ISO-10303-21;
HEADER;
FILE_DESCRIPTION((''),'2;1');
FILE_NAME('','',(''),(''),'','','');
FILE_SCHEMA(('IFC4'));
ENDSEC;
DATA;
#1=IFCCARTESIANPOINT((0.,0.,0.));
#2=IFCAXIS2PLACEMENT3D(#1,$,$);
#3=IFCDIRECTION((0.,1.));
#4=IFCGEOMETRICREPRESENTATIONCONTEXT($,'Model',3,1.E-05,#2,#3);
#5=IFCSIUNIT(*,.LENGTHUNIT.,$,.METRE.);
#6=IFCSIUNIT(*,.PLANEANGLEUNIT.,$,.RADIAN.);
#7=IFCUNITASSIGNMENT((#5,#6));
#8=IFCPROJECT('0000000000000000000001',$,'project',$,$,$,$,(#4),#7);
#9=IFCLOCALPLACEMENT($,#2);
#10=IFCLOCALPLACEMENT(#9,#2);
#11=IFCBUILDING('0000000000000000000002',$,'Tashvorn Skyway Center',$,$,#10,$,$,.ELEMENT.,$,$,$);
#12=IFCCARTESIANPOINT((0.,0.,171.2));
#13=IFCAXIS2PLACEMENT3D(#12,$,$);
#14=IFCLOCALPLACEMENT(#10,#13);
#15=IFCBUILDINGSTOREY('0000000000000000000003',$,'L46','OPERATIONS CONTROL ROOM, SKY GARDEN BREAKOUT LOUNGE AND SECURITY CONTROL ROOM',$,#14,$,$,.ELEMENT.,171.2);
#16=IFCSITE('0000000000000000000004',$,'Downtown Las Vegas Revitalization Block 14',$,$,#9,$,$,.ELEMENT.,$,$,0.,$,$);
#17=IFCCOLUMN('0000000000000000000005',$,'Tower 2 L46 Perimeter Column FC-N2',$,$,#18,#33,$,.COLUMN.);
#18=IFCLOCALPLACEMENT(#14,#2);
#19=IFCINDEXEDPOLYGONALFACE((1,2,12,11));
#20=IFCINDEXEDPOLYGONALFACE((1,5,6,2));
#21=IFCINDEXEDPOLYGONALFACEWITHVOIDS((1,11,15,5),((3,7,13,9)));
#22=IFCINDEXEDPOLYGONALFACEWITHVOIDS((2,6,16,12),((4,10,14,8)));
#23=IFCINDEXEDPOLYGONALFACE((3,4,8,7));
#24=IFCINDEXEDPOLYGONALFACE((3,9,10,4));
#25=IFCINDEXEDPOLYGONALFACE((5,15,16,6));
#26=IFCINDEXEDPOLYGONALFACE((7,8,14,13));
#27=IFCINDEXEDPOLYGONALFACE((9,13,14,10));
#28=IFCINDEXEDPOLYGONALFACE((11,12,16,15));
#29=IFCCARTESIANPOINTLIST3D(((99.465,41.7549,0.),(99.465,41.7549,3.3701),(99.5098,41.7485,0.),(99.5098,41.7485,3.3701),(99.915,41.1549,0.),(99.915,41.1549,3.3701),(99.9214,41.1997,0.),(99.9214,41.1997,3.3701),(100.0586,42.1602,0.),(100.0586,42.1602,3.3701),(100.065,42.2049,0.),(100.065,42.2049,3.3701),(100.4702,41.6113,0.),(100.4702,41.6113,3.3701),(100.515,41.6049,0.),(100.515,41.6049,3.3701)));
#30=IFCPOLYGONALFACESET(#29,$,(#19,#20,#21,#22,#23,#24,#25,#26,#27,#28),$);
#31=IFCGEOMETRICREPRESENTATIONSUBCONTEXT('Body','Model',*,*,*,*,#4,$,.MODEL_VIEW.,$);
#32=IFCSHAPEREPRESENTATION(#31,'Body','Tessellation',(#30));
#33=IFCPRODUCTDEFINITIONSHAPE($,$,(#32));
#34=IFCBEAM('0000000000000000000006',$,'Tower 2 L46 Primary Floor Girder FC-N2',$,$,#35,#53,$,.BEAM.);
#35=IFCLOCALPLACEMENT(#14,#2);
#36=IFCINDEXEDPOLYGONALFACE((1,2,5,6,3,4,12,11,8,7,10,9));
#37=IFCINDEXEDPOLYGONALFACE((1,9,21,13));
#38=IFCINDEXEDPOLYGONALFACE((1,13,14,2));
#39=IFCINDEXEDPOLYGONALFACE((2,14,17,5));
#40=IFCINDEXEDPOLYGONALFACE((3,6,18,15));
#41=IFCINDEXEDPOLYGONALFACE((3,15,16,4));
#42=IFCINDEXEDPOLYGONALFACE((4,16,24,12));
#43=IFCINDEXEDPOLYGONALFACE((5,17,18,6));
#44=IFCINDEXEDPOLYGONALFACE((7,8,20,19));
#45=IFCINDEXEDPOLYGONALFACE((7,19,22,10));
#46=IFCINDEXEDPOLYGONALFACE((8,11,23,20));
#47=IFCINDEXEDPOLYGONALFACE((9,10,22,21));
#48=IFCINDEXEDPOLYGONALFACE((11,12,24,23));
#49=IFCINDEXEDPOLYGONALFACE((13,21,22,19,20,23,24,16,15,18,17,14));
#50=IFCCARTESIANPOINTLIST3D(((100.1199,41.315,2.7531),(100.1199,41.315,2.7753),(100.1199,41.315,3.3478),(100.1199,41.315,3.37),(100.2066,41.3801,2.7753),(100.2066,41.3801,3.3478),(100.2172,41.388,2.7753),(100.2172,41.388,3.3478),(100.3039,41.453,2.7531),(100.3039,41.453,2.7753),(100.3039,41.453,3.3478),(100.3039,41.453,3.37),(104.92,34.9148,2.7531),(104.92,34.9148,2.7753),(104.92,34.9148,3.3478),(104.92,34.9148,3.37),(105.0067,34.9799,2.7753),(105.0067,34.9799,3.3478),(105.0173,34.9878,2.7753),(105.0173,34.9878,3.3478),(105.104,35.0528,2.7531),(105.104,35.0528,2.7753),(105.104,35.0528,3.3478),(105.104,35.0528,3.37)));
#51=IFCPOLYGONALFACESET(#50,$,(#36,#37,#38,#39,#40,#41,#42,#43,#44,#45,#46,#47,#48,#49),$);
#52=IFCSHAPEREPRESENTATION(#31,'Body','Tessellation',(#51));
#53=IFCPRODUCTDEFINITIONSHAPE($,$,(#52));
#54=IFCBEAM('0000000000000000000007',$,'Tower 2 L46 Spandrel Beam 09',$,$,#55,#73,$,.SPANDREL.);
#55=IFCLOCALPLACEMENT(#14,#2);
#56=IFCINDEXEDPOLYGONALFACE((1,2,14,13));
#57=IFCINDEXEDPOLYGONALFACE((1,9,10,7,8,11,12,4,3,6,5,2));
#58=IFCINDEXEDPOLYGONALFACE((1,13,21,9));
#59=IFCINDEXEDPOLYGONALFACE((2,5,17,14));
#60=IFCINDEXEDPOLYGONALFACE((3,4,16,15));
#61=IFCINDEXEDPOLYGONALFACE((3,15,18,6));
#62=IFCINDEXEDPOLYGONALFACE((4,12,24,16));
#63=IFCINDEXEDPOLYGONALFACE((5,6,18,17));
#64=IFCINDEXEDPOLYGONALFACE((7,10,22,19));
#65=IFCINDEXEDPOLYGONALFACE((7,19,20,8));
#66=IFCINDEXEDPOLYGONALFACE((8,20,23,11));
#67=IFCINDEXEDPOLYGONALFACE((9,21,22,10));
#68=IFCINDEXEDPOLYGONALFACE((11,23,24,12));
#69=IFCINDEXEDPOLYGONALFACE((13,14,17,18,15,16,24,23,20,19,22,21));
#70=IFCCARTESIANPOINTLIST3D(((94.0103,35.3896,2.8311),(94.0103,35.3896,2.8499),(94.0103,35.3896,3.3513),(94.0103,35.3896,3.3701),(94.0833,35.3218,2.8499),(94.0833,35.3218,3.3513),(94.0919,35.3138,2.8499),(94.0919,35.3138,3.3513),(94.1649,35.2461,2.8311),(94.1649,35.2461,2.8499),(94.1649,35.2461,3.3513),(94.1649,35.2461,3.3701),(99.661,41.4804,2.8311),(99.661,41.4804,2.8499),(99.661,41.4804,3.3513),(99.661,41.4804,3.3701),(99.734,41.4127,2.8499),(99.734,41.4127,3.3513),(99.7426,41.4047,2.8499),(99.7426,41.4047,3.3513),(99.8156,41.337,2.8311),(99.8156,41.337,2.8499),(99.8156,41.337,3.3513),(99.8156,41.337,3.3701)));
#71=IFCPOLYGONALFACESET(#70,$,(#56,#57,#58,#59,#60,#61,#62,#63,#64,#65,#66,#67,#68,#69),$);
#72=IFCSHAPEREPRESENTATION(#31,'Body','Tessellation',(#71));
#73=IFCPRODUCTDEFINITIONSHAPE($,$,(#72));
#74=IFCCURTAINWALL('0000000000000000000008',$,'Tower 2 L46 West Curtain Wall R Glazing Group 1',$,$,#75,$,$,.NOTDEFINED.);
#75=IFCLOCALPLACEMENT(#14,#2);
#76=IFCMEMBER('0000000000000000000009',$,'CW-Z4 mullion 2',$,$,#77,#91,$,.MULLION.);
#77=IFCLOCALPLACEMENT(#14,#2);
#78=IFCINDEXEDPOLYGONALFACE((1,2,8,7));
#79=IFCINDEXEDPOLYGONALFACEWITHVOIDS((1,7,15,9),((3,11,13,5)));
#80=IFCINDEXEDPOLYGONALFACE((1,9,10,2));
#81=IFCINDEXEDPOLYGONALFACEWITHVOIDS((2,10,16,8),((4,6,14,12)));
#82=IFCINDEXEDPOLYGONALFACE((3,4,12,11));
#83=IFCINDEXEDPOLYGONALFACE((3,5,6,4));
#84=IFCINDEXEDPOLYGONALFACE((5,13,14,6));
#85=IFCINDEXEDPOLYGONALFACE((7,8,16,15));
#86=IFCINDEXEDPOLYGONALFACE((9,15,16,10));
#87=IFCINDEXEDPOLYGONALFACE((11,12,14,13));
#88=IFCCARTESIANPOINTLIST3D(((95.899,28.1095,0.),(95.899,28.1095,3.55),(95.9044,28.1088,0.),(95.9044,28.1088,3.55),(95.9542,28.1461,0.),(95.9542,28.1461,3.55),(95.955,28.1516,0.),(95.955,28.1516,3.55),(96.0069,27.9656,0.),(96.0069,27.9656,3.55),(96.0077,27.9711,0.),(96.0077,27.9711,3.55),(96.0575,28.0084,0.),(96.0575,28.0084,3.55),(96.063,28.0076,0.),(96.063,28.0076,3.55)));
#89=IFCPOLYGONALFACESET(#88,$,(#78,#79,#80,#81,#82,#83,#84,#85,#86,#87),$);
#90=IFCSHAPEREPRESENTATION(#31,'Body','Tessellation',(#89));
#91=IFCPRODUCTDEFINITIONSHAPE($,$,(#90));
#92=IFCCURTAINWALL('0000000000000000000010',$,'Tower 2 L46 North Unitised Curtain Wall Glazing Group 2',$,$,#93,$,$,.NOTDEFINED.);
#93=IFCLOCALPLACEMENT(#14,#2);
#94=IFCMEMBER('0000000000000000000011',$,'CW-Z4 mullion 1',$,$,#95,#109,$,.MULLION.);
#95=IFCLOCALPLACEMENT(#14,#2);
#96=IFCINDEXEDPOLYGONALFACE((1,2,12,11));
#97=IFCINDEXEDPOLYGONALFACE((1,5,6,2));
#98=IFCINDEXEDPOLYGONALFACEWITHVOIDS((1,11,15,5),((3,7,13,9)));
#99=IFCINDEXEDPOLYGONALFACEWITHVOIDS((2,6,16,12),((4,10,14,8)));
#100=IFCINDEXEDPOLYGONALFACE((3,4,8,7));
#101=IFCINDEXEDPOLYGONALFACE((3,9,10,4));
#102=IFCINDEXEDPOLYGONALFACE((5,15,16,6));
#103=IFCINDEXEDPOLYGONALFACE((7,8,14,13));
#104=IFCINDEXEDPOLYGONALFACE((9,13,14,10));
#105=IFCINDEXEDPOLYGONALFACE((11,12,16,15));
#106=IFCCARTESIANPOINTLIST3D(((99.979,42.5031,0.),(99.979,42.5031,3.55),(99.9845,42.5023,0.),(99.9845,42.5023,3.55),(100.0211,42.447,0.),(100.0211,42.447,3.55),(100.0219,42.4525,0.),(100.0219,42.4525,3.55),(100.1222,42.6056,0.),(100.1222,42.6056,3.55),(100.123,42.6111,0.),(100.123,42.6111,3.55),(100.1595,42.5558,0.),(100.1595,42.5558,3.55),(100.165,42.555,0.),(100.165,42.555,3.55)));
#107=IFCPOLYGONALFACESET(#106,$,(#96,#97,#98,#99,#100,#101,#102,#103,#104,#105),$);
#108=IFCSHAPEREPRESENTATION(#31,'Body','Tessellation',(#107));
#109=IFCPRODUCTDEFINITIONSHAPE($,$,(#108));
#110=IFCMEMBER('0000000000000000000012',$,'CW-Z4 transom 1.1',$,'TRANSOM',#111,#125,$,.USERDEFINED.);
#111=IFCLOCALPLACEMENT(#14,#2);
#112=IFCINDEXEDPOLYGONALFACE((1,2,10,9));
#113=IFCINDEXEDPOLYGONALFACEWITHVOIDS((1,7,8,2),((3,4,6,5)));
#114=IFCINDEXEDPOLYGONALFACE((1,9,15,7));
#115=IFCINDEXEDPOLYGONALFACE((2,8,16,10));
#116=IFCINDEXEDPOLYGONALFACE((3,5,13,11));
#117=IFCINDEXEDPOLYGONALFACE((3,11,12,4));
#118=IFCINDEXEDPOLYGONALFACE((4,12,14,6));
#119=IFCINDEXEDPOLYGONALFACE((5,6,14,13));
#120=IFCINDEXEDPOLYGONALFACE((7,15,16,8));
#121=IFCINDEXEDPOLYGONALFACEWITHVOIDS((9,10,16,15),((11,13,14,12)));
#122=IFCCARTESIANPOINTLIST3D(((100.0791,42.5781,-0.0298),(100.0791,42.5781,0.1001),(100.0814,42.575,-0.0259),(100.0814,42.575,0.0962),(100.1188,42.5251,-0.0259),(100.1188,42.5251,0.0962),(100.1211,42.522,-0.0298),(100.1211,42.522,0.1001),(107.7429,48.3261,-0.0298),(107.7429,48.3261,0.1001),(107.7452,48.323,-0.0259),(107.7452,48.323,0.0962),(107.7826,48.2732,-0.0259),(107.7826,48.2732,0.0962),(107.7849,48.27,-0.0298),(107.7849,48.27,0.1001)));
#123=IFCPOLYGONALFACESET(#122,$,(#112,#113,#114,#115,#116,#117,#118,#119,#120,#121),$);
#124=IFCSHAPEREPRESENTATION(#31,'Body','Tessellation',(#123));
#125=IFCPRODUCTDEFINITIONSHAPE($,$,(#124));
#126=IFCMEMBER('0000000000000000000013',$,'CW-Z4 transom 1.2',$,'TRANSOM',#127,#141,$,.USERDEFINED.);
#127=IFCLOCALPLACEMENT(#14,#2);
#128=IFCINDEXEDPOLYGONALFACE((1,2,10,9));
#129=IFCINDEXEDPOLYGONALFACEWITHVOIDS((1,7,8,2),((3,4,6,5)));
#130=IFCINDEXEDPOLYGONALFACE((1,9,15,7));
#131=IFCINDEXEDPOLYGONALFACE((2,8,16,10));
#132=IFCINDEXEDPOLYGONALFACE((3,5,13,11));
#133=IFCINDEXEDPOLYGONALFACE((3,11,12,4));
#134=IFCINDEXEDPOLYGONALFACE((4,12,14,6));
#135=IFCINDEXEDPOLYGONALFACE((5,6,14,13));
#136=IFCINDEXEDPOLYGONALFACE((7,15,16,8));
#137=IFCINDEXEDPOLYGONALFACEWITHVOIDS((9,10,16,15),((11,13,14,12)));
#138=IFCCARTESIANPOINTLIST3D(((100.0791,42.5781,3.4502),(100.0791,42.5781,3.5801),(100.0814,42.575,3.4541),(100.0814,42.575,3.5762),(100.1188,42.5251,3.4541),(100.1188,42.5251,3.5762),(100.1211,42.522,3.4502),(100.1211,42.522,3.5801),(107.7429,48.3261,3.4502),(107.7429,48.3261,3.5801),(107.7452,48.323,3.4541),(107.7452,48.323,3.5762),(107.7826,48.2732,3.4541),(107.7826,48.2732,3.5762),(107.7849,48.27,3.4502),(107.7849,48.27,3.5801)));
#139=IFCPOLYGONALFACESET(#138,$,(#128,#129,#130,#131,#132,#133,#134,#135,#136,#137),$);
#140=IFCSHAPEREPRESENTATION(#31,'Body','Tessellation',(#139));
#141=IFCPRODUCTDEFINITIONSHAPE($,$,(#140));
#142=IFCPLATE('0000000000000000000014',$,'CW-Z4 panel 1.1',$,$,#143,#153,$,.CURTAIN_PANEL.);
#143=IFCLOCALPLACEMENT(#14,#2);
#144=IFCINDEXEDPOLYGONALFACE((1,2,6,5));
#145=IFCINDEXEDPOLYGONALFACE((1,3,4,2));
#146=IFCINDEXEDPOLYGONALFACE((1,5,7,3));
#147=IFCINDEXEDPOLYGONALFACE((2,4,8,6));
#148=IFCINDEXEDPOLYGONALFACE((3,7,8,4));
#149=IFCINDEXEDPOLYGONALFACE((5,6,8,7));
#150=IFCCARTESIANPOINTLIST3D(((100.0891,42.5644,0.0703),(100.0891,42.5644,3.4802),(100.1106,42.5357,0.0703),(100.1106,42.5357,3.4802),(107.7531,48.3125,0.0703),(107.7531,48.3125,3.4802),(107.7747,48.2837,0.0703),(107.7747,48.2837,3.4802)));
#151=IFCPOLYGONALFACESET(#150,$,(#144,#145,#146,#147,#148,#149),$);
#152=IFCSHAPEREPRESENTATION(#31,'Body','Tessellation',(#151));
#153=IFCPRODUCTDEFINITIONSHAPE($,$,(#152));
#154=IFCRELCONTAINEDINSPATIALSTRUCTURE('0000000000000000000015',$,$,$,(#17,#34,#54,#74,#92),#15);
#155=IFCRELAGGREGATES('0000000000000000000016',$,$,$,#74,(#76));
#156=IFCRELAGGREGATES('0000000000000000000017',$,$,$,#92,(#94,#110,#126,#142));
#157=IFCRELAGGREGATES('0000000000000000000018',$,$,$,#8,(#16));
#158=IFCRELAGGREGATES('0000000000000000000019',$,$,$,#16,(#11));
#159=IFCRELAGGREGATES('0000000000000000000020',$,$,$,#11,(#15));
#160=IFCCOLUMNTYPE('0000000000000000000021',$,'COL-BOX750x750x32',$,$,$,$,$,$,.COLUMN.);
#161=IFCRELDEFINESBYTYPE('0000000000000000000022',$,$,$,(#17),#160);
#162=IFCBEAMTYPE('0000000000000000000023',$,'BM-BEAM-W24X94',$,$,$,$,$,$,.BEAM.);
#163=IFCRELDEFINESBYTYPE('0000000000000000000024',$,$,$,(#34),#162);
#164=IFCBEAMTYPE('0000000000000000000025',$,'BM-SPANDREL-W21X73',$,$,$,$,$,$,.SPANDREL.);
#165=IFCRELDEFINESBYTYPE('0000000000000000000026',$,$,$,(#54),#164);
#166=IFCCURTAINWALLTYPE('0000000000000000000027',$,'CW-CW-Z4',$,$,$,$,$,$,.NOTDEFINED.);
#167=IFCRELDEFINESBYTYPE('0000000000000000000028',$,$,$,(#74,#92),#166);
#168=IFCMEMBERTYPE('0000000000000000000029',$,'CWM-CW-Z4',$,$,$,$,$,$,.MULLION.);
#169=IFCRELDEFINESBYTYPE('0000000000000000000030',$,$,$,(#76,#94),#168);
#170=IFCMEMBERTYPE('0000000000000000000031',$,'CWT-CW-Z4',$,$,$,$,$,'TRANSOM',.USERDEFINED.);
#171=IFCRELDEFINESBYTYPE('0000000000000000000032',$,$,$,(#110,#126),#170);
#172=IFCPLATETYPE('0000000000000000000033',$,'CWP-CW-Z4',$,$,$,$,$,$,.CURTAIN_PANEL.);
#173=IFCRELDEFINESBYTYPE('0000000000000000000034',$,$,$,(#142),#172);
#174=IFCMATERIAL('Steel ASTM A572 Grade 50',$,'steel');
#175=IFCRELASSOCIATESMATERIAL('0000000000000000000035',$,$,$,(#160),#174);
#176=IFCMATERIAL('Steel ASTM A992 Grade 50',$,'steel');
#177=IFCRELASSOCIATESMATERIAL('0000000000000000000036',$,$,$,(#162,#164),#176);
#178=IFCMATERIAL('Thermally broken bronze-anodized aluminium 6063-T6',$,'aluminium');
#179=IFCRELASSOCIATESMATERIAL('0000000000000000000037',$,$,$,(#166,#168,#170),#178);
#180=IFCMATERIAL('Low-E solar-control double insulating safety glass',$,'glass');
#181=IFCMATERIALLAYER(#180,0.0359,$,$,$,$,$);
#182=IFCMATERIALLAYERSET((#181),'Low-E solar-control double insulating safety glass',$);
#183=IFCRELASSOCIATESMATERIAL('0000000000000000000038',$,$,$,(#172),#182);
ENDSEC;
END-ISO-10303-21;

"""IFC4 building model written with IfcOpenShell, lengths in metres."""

from ifc_helpers import new_model, si_unit, direction, frame, origin, origin_2d, place, context, subcontext, project, spatial, rectangle, hollow_rectangle, i_section, extrude, material, layer, layer_set, material_profile, profile_set, type_object, element, aggregate, save


model = new_model("IFC4")

# Units and contexts
model_context = context("Model", 3, precision=1e-05, world=origin(), true_north=direction((0.0, 1.0)))
body_context = subcontext(model_context, "Body", "Model", "MODEL_VIEW")
ifc_project = project(units=[si_unit("LENGTHUNIT", "METRE"), si_unit("PLANEANGLEUNIT", "RADIAN")], contexts=[model_context])

# Site, building, storey
site_placement = place(None, origin())
site = spatial("IfcSite", under=ifc_project, at=site_placement, Name="Downtown Las Vegas Revitalization Block 14", CompositionType="ELEMENT", RefElevation=0.0)
building_placement = place(site_placement, origin())
building = spatial("IfcBuilding", under=site, at=building_placement, Name="Tashvorn Skyway Center", CompositionType="ELEMENT")
storey_placement = place(building_placement, frame((0.0, 0.0, 171.2)))
storey = spatial("IfcBuildingStorey", under=building, at=storey_placement, Name="L46", Description="OPERATIONS CONTROL ROOM, SKY GARDEN BREAKOUT LOUNGE AND SECURITY CONTROL ROOM", CompositionType="ELEMENT", Elevation=171.2)

# Column
ifc_material_1 = material(Name="Steel ASTM A572 Grade 50", Category="steel")
ifc_material_profile_1 = material_profile(ifc_material_1, hollow_rectangle(XDim=0.75, YDim=0.75, WallThickness=0.032, at=origin_2d()), Name="BOX750x750x32")
ifc_profile_set_1 = profile_set([ifc_material_profile_1], Name="Steel ASTM A572 Grade 50")
column_type = type_object("IfcColumnType", Name="COL-BOX750x750x32", PredefinedType="COLUMN", material=ifc_profile_set_1)
column_placement = place(storey_placement, frame((99.99, 41.6799, 0.0), z_axis=(0.0, 0.0, 1.0), x_axis=(0.8, 0.6, 0.0)))
element("IfcColumn", 1, at=column_placement, inside=storey, type_object=column_type, Name="Tower 2 L46 Perimeter Column FC-N2", PredefinedType="COLUMN", context=body_context, shape_type="SweptSolid", body=[
    extrude(hollow_rectangle(XDim=0.75, YDim=0.75, WallThickness=0.032, at=origin_2d()), origin(), (0.0, 0.0, 1.0), 3.3701),
])

# Beams
ifc_material_2 = material(Name="Steel ASTM A992 Grade 50", Category="steel")
ifc_material_profile_2 = material_profile(ifc_material_2, i_section(OverallWidth=0.23, OverallDepth=0.6169, WebThickness=0.0132, FlangeThickness=0.0222, at=origin_2d()), Name="W24X94")
ifc_profile_set_2 = profile_set([ifc_material_profile_2], Name="Steel ASTM A992 Grade 50")
beam_type_1 = type_object("IfcBeamType", Name="BM-BEAM-W24X94", PredefinedType="BEAM", material=ifc_profile_set_2)
beam_1_placement = place(storey_placement, frame((100.2119, 41.384, 3.0615), z_axis=(0.599995, -0.800004, 0.0), x_axis=(0.800004, 0.599995, 0.0)))
element("IfcBeam", 2, at=beam_1_placement, inside=storey, type_object=beam_type_1, Name="Tower 2 L46 Primary Floor Girder FC-N2", PredefinedType="BEAM", context=body_context, shape_type="SweptSolid", body=[
    extrude(i_section(OverallWidth=0.23, OverallDepth=0.6169, WebThickness=0.0132, FlangeThickness=0.0222, at=origin_2d()), origin(), (0.0, 0.0, 1.0), 8.0002),
])
ifc_material_profile_3 = material_profile(ifc_material_2, i_section(OverallWidth=0.2109, OverallDepth=0.5391, WebThickness=0.0117, FlangeThickness=0.0188, at=origin_2d()), Name="W21X73")
ifc_profile_set_3 = profile_set([ifc_material_profile_3], Name="Steel ASTM A992 Grade 50")
beam_type_2 = type_object("IfcBeamType", Name="BM-SPANDREL-W21X73", PredefinedType="SPANDREL", material=ifc_profile_set_3)
beam_2_placement = place(storey_placement, frame((99.7383, 41.4087, 3.1006), z_axis=(-0.68012, -0.733101, 0.0), x_axis=(0.733101, -0.68012, 0.0)))
element("IfcBeam", 3, at=beam_2_placement, inside=storey, type_object=beam_type_2, Name="Tower 2 L46 Spandrel Beam 09", PredefinedType="SPANDREL", context=body_context, shape_type="SweptSolid", body=[
    extrude(i_section(OverallWidth=0.2109, OverallDepth=0.5391, WebThickness=0.0117, FlangeThickness=0.0188, at=origin_2d()), origin(), (0.0, 0.0, 1.0), 8.3083),
])

# Curtain wall, member
ifc_material_3 = material(Name="Thermally broken bronze-anodized aluminium 6063-T6", Category="aluminium")
curtain_wall_type = type_object("IfcCurtainWallType", Name="CW-CW-Z4", PredefinedType="NOTDEFINED", material=ifc_material_3)
curtain_wall_1_placement = place(storey_placement, origin())
curtain_wall_1 = element("IfcCurtainWall", 4, at=curtain_wall_1_placement, inside=storey, type_object=curtain_wall_type, Name="Tower 2 L46 West Curtain Wall R Glazing Group 1", PredefinedType="NOTDEFINED")
ifc_material_profile_4 = material_profile(ifc_material_3, hollow_rectangle(XDim=0.0701, YDim=0.1799, WallThickness=0.0039, at=origin_2d()), Name="ALU-MULL-70x180")
ifc_profile_set_4 = profile_set([ifc_material_profile_4], Name="Thermally broken bronze-anodized aluminium 6063-T6")
member_type_1 = type_object("IfcMemberType", Name="CWM-CW-Z4", PredefinedType="MULLION", material=ifc_profile_set_4)
member_1_placement = place(storey_placement, frame((95.981, 28.0586, 0.0), z_axis=(0.0, 0.0, 1.0), x_axis=(-0.800003, -0.599995, 0.0)))
member_1 = element("IfcMember", 5, at=member_1_placement, type_object=member_type_1, Name="CW-Z4 mullion 2", PredefinedType="MULLION", context=body_context, shape_type="SweptSolid", body=[
    extrude(hollow_rectangle(XDim=0.0701, YDim=0.1799, WallThickness=0.0039, at=origin_2d()), origin(), (0.0, 0.0, 1.0), 3.55),
])
aggregate(curtain_wall_1, [member_1])

# Curtain wall, members, plate
curtain_wall_2_placement = place(storey_placement, origin())
curtain_wall_2 = element("IfcCurtainWall", 6, at=curtain_wall_2_placement, inside=storey, type_object=curtain_wall_type, Name="Tower 2 L46 North Unitised Curtain Wall Glazing Group 2", PredefinedType="NOTDEFINED")
member_2_placement = place(storey_placement, frame((100.072, 42.5291, 0.0), z_axis=(0.0, 0.0, 1.0), x_axis=(-0.6, 0.8, 0.0)))
member_2 = element("IfcMember", 7, at=member_2_placement, type_object=member_type_1, Name="CW-Z4 mullion 1", PredefinedType="MULLION", context=body_context, shape_type="SweptSolid", body=[
    extrude(hollow_rectangle(XDim=0.0701, YDim=0.1799, WallThickness=0.0039, at=origin_2d()), origin(), (0.0, 0.0, 1.0), 3.55),
])
ifc_material_profile_5 = material_profile(ifc_material_3, hollow_rectangle(XDim=0.0701, YDim=0.1299, WallThickness=0.0039, at=origin_2d()), Name="ALU-TRAN-70x130")
ifc_profile_set_5 = profile_set([ifc_material_profile_5], Name="Thermally broken bronze-anodized aluminium 6063-T6")
member_type_2 = type_object("IfcMemberType", Name="CWT-CW-Z4", ElementType="TRANSOM", PredefinedType="USERDEFINED", material=ifc_profile_set_5)
member_3_placement = place(storey_placement, frame((100.1001, 42.55, 0.0352), z_axis=(0.799991, 0.600012, 0.0), x_axis=(-0.600012, 0.799991, 0.0)))
member_3 = element("IfcMember", 8, at=member_3_placement, type_object=member_type_2, Name="CW-Z4 transom 1.1", ObjectType="TRANSOM", PredefinedType="USERDEFINED", context=body_context, shape_type="SweptSolid", body=[
    extrude(hollow_rectangle(XDim=0.0701, YDim=0.1299, WallThickness=0.0039, at=origin_2d()), origin(), (0.0, 0.0, 1.0), 9.5798),
])
member_4_placement = place(storey_placement, frame((100.1001, 42.55, 3.5151), z_axis=(0.799991, 0.600012, 0.0), x_axis=(-0.600012, 0.799991, 0.0)))
member_4 = element("IfcMember", 9, at=member_4_placement, type_object=member_type_2, Name="CW-Z4 transom 1.2", ObjectType="TRANSOM", PredefinedType="USERDEFINED", context=body_context, shape_type="SweptSolid", body=[
    extrude(hollow_rectangle(XDim=0.0701, YDim=0.1299, WallThickness=0.0039, at=origin_2d()), origin(), (0.0, 0.0, 1.0), 9.5798),
])
ifc_material_4 = material(Name="Low-E solar-control double insulating safety glass", Category="glass")
ifc_layer_1 = layer(ifc_material_4, 0.0359)
ifc_layer_set_1 = layer_set([ifc_layer_1], Name="Low-E solar-control double insulating safety glass")
plate_type = type_object("IfcPlateType", Name="CWP-CW-Z4", PredefinedType="CURTAIN_PANEL", material=ifc_layer_set_1)
plate_placement = place(storey_placement, frame((103.9319, 45.4241, 0.0703), z_axis=(0.0, 0.0, 1.0), x_axis=(0.8, 0.6, 0.0)))
plate = element("IfcPlate", 10, at=plate_placement, type_object=plate_type, Name="CW-Z4 panel 1.1", PredefinedType="CURTAIN_PANEL", context=body_context, shape_type="SweptSolid", body=[
    extrude(rectangle(XDim=9.5801, YDim=0.0359, at=origin_2d()), origin(), (0.0, 0.0, 1.0), 3.4099),
])
aggregate(curtain_wall_2, [member_2, member_3, member_4, plate])

save(model, "model.ifc")
